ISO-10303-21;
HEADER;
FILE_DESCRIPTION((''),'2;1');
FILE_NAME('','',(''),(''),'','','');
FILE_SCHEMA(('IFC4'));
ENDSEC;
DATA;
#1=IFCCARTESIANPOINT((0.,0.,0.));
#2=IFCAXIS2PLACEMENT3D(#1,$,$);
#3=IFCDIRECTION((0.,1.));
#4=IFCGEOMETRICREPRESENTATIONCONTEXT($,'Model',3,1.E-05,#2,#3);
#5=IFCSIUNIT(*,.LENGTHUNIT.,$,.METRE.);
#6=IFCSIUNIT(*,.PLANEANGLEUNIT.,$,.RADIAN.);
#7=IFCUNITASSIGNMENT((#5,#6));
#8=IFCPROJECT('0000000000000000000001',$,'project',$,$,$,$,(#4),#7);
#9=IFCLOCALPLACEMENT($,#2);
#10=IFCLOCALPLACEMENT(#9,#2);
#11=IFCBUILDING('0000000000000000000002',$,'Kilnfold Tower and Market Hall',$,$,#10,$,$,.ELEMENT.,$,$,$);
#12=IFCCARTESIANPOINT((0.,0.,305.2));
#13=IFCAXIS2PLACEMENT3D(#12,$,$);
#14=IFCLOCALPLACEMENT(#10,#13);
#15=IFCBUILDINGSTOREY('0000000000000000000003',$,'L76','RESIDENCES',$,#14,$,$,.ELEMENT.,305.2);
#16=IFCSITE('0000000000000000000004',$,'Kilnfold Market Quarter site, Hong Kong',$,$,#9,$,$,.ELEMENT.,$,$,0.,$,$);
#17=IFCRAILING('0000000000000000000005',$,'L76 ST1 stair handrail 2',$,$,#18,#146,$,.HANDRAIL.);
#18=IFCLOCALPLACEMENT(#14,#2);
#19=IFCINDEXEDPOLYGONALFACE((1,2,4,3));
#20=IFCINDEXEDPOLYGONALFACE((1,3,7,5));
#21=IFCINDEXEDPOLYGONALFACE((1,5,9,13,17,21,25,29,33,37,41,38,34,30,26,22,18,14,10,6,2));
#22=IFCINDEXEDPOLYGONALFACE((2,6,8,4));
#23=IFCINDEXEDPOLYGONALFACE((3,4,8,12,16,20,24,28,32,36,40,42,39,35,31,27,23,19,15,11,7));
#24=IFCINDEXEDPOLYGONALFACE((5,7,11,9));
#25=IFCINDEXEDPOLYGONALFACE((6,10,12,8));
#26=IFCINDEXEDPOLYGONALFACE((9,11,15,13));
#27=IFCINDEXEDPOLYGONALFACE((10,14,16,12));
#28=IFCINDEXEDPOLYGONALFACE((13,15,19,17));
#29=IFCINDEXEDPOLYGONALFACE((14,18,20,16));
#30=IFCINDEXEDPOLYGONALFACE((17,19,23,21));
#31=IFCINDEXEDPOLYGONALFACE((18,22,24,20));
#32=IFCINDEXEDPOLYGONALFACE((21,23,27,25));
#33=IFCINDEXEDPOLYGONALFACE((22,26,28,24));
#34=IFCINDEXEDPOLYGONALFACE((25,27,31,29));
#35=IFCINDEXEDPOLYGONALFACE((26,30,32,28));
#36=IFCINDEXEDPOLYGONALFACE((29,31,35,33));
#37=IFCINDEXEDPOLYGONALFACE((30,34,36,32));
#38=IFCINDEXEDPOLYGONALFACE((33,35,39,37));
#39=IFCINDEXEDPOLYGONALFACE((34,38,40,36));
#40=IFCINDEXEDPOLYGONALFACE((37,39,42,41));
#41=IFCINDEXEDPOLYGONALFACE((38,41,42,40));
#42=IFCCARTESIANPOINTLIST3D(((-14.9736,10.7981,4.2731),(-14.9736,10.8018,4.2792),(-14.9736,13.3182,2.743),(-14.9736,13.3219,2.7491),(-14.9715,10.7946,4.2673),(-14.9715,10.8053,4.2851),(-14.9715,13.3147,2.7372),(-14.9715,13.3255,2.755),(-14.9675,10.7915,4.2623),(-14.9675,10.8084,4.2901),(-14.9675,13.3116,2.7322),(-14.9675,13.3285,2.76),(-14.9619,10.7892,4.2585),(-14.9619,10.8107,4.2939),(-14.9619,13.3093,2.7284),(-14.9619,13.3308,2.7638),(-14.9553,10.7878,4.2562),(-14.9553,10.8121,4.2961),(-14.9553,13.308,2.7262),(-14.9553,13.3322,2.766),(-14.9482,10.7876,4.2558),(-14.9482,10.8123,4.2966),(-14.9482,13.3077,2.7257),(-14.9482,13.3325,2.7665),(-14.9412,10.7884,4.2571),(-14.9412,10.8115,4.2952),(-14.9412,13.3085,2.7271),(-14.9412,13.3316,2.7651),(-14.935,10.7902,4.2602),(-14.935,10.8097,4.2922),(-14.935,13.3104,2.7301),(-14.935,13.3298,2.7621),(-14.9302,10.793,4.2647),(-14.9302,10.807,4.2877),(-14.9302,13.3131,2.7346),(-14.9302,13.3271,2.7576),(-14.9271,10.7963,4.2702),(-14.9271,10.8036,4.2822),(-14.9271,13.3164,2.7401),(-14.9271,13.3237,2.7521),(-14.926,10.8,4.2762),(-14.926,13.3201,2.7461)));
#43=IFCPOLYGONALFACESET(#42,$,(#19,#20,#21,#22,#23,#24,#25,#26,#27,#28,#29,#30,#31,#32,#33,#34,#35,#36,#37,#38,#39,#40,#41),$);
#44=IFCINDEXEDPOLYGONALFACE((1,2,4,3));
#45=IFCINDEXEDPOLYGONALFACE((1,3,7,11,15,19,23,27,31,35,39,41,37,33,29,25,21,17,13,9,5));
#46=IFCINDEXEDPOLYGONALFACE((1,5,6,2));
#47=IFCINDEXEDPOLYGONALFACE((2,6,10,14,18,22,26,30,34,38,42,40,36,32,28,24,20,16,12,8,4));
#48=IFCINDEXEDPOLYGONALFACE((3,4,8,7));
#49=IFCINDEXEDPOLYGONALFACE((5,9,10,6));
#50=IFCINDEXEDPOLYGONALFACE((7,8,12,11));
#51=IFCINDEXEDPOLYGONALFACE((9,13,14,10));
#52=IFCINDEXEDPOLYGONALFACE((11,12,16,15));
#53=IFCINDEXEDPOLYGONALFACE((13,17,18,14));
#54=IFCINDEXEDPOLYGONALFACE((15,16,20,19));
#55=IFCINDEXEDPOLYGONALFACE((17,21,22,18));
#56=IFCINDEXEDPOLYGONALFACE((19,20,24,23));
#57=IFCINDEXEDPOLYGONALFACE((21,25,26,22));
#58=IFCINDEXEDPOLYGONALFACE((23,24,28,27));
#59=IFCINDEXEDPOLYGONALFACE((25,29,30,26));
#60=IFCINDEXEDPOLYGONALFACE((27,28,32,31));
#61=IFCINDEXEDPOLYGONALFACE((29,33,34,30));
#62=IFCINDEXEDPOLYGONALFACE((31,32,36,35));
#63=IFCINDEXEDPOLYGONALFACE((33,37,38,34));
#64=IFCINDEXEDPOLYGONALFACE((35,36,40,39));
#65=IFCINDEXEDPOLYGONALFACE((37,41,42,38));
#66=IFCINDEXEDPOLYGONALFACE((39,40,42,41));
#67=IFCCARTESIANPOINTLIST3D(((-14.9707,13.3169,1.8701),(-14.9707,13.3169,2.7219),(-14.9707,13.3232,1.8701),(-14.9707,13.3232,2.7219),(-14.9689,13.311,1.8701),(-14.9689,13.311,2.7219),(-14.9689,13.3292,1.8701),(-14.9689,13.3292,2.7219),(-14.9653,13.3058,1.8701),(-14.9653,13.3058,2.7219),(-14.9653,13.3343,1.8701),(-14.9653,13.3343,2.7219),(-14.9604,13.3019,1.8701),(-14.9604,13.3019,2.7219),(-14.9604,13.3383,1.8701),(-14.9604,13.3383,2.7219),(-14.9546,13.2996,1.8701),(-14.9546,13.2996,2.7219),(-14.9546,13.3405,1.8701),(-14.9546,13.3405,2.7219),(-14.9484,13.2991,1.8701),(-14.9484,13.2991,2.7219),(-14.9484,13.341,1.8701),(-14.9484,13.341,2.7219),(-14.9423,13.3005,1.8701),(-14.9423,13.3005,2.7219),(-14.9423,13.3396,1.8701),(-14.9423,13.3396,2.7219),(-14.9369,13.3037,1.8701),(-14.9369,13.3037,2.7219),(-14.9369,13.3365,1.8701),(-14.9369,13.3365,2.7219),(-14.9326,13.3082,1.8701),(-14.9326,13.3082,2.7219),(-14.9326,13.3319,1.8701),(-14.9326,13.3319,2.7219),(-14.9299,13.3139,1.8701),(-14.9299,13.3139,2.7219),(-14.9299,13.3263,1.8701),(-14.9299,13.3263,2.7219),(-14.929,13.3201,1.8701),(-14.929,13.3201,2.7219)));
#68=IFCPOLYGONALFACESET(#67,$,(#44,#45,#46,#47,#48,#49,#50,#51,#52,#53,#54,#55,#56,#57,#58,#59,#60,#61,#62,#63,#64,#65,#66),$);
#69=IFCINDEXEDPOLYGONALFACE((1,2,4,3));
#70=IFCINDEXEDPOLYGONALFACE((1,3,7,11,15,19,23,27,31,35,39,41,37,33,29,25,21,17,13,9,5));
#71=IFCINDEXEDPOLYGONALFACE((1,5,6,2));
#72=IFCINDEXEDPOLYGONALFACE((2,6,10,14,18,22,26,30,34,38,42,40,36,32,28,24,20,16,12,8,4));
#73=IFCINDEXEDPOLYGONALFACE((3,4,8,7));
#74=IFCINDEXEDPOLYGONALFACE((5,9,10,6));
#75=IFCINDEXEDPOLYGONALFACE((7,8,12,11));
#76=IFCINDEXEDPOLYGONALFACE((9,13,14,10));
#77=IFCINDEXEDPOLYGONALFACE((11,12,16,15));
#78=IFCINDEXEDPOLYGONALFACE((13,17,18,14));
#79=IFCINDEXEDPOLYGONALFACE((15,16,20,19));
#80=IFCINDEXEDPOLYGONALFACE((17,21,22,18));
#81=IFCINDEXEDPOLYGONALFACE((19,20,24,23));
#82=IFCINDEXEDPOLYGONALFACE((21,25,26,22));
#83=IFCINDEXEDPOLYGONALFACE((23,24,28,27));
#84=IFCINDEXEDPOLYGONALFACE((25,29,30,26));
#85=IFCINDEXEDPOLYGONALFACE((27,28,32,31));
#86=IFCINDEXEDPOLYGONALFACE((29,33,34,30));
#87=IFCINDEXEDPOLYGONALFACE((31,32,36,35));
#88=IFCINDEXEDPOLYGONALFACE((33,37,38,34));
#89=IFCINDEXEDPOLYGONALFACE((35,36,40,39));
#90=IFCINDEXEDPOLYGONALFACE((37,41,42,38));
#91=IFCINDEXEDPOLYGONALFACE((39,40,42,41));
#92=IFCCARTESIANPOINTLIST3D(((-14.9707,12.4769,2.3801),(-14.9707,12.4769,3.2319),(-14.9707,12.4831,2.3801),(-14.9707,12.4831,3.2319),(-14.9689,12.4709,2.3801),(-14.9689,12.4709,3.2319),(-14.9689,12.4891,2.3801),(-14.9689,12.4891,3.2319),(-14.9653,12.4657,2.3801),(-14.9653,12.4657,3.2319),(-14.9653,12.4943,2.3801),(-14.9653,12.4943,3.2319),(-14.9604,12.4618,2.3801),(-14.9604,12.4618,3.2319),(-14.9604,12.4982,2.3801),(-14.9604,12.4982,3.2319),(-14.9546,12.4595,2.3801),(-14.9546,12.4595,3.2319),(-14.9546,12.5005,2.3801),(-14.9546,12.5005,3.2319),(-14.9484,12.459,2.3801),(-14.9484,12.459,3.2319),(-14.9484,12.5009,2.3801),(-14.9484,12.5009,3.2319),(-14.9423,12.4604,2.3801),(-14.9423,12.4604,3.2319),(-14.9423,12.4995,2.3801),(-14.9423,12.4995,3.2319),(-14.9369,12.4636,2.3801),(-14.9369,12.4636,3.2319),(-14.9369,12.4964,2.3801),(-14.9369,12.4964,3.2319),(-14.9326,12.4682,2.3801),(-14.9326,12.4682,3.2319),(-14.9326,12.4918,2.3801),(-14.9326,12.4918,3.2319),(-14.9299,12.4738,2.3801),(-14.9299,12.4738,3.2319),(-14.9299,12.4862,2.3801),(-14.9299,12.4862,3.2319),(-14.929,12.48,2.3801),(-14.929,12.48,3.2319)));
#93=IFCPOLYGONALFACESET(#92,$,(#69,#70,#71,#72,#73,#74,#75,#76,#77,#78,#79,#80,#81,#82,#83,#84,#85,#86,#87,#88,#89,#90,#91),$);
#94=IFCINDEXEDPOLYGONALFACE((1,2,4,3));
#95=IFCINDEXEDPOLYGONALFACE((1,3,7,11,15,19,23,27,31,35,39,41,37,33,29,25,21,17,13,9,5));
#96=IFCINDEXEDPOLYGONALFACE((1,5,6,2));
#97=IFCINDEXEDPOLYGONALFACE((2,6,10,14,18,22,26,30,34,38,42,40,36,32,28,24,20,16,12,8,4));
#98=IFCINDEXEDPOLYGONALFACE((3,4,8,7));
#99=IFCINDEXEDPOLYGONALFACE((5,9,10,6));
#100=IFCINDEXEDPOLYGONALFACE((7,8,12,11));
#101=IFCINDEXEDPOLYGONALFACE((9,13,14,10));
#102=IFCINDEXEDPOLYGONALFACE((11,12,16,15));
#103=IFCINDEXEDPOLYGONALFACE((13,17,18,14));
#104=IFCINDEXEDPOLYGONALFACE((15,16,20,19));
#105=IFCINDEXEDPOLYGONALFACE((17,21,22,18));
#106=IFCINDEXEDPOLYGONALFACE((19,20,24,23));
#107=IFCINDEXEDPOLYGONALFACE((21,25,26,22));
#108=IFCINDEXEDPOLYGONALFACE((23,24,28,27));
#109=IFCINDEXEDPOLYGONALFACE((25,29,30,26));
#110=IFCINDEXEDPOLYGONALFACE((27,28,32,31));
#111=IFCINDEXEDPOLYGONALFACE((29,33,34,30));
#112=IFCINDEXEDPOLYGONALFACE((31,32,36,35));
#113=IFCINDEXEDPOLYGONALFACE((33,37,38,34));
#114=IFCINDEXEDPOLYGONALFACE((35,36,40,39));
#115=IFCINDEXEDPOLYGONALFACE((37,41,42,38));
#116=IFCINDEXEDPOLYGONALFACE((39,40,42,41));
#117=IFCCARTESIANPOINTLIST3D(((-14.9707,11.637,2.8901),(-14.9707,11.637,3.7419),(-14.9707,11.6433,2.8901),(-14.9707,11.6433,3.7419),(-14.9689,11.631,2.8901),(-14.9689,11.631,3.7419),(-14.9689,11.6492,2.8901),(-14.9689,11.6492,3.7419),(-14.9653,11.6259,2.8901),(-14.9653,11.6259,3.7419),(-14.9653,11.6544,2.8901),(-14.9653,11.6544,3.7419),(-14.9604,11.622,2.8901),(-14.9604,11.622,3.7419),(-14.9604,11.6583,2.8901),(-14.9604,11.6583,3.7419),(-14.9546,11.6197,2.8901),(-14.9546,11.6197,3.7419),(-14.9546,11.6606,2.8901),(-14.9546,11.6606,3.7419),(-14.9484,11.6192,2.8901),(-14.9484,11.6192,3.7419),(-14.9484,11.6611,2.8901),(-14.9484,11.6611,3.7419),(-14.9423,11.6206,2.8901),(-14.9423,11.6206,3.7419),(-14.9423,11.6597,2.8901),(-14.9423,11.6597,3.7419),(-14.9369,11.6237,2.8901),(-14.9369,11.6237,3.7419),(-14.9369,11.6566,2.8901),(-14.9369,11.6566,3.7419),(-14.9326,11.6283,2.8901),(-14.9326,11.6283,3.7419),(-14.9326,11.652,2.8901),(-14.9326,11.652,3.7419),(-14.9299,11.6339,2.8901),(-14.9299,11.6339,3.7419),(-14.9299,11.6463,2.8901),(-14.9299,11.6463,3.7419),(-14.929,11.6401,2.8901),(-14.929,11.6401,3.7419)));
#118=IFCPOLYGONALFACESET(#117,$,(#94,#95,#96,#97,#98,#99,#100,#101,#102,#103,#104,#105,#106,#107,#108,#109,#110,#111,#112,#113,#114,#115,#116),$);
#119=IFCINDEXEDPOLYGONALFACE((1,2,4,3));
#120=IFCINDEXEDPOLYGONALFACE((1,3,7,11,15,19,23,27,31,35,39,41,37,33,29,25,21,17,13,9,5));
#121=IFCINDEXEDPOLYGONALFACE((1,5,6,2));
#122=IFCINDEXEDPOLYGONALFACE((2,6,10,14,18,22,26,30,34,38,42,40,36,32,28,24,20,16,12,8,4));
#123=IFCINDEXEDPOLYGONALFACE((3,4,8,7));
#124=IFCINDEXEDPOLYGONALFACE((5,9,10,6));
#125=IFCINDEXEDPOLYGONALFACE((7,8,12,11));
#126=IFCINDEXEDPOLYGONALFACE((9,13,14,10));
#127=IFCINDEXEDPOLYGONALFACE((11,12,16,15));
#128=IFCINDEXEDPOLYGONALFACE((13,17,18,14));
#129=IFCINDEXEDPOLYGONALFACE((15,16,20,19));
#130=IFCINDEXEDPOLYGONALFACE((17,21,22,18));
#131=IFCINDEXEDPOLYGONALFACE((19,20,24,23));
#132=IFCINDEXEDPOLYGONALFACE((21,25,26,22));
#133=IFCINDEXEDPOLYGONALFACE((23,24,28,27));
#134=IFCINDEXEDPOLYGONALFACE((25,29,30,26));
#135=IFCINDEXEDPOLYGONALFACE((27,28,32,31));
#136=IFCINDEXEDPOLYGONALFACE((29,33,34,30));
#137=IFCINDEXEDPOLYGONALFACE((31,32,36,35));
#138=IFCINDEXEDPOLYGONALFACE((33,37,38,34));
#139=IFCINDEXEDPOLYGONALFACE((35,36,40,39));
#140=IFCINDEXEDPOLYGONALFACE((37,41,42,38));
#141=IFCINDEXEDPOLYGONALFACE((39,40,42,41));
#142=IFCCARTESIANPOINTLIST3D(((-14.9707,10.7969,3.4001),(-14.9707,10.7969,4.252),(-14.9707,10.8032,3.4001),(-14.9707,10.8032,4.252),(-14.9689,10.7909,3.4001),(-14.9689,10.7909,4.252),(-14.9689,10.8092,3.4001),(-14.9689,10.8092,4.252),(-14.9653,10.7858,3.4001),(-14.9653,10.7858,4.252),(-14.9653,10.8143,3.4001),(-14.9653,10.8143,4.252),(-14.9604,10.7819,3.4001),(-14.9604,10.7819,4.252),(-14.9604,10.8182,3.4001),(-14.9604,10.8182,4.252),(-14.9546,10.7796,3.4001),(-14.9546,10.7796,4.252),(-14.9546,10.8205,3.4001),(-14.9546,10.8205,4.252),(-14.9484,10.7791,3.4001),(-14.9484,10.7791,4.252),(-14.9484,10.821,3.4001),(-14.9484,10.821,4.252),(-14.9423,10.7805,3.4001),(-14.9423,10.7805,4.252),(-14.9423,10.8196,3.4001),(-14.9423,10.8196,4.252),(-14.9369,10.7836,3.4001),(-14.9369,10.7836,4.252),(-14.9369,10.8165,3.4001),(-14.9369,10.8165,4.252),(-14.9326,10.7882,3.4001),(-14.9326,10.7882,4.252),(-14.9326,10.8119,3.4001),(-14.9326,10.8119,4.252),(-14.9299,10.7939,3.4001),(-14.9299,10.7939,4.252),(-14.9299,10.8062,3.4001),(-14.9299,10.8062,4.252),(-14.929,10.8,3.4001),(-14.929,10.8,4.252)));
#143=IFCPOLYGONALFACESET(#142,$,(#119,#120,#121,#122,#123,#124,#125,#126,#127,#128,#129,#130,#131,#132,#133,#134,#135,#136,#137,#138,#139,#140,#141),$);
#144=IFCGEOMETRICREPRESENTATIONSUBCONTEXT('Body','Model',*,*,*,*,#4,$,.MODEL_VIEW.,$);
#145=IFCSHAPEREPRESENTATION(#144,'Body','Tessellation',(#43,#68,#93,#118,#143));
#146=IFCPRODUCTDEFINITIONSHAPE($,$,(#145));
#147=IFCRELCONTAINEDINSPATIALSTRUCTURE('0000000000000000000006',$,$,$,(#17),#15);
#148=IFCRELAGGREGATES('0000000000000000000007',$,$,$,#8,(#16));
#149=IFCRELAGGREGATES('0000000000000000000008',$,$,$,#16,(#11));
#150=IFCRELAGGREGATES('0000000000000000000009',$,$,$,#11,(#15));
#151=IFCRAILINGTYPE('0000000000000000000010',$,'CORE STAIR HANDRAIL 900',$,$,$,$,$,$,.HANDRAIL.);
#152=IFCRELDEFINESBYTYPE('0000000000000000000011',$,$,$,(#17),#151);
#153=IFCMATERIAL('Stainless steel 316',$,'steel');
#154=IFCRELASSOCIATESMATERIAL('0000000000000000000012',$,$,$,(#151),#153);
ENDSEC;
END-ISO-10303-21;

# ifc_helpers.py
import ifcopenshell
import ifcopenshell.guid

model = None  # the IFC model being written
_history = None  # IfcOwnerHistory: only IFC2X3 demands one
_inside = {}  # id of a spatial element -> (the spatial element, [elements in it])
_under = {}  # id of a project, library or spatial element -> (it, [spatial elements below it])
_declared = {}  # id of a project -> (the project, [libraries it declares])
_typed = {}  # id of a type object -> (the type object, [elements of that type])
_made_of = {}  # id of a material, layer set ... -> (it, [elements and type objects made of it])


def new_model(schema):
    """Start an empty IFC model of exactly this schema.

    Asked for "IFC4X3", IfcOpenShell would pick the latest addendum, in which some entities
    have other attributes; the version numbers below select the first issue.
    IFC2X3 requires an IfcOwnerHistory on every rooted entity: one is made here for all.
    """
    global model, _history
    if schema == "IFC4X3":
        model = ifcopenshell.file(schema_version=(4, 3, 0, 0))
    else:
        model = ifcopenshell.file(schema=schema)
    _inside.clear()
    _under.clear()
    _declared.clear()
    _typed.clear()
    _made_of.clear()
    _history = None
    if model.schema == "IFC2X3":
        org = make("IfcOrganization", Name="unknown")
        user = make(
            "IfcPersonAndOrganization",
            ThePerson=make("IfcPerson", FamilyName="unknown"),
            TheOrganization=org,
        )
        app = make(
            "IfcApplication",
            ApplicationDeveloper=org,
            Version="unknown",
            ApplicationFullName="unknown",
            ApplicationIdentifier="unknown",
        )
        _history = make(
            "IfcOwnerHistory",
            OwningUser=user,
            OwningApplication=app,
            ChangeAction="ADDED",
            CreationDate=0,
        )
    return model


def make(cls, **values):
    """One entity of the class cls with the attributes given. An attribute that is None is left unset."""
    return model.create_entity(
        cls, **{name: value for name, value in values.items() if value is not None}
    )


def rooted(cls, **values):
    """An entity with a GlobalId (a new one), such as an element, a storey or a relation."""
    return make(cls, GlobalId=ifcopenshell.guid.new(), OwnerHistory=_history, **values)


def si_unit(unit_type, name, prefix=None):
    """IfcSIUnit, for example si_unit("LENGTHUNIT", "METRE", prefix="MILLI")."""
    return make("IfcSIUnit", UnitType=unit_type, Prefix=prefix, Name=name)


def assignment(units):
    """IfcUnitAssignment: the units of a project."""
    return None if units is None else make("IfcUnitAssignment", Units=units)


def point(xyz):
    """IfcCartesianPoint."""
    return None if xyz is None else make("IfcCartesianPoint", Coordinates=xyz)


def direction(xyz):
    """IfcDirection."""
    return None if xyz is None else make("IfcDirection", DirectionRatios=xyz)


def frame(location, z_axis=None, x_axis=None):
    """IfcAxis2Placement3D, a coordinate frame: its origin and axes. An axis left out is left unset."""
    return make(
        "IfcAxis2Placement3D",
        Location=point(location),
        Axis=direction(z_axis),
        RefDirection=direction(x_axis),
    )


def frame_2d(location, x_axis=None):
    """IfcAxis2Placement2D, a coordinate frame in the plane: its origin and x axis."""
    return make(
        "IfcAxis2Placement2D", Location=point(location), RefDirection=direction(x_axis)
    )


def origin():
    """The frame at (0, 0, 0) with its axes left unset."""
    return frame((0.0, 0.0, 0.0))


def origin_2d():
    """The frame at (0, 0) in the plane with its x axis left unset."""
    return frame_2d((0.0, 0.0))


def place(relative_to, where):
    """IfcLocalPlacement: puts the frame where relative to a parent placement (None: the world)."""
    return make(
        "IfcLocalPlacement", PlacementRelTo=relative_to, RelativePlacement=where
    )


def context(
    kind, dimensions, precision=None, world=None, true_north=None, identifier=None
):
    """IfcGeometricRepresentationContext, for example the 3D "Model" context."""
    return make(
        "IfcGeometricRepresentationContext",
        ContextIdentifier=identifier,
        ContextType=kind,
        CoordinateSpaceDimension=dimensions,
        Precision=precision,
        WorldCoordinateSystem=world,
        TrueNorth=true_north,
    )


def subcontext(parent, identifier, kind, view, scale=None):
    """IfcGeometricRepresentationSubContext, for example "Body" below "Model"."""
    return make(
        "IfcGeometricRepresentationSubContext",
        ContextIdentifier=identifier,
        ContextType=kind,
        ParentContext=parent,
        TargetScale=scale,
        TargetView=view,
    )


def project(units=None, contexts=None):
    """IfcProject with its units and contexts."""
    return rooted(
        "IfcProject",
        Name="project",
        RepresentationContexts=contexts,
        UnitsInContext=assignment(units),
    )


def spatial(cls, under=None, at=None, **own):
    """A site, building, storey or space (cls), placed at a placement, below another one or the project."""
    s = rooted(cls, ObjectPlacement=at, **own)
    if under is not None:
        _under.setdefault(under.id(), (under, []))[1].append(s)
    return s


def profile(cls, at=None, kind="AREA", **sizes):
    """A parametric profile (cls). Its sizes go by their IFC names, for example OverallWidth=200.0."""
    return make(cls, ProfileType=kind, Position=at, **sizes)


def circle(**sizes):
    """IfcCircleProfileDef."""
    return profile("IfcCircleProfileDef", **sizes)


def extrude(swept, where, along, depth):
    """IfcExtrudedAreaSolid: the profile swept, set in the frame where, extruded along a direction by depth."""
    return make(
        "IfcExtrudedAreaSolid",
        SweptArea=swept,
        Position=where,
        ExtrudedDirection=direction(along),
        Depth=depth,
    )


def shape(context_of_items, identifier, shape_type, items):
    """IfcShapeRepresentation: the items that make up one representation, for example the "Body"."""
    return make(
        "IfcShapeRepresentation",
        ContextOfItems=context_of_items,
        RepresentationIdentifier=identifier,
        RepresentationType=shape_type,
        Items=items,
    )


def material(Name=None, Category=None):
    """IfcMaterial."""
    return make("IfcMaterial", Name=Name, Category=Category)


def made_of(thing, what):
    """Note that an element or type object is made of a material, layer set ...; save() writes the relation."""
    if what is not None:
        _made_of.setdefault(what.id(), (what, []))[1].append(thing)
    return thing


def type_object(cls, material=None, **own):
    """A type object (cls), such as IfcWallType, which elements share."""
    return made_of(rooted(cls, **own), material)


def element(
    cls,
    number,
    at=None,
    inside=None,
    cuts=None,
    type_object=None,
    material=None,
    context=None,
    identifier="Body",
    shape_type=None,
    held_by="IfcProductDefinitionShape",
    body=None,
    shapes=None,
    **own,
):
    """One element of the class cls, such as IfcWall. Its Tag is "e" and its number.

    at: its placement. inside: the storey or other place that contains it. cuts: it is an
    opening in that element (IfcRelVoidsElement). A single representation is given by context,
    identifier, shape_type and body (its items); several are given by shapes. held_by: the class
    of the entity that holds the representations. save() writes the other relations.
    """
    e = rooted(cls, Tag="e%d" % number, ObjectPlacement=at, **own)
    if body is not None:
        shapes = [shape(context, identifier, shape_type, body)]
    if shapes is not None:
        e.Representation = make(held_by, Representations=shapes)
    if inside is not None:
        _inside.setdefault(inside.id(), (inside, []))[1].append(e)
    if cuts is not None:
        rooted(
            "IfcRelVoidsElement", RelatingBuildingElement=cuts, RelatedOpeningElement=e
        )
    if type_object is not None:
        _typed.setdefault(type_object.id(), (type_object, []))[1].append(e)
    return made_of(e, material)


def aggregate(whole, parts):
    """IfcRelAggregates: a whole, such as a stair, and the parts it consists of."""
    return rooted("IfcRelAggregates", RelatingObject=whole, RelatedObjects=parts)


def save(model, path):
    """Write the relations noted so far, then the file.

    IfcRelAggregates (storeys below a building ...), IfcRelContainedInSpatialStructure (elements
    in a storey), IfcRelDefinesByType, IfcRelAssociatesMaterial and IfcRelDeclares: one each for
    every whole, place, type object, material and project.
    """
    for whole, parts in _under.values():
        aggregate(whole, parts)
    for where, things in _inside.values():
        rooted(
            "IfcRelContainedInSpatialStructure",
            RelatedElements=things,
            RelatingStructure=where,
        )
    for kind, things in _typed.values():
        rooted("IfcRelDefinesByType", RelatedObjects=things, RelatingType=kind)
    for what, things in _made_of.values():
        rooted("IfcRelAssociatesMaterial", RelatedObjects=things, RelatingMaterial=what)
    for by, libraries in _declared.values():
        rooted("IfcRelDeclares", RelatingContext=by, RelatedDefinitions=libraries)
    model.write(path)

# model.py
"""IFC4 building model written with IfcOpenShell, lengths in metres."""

from ifc_helpers import new_model, si_unit, direction, frame, origin, origin_2d, place, context, subcontext, project, spatial, circle, extrude, material, type_object, element, save


model = new_model("IFC4")

# Units and contexts
model_context = context("Model", 3, precision=1e-05, world=origin(), true_north=direction((0.0, 1.0)))
body_context = subcontext(model_context, "Body", "Model", "MODEL_VIEW")
ifc_project = project(units=[si_unit("LENGTHUNIT", "METRE"), si_unit("PLANEANGLEUNIT", "RADIAN")], contexts=[model_context])

# Site, building, storey
site_placement = place(None, origin())
site = spatial("IfcSite", under=ifc_project, at=site_placement, Name="Kilnfold Market Quarter site, Hong Kong", CompositionType="ELEMENT", RefElevation=0.0)
building_placement = place(site_placement, origin())
building = spatial("IfcBuilding", under=site, at=building_placement, Name="Kilnfold Tower and Market Hall", CompositionType="ELEMENT")
storey_placement = place(building_placement, frame((0.0, 0.0, 305.2)))
storey = spatial("IfcBuildingStorey", under=building, at=storey_placement, Name="L76", Description="RESIDENCES", CompositionType="ELEMENT", Elevation=305.2)

# Railing
ifc_material_1 = material(Name="Stainless steel 316", Category="steel")
railing_type_1 = type_object("IfcRailingType", Name="CORE STAIR HANDRAIL 900", PredefinedType="HANDRAIL", material=ifc_material_1)
railing_1_placement = place(storey_placement, frame((-14.95, 13.3201, 1.8701)))
element("IfcRailing", 1, at=railing_1_placement, inside=storey, type_object=railing_type_1, Name="L76 ST1 stair handrail 2", PredefinedType="HANDRAIL", context=body_context, shape_type="SweptSolid", body=[
    extrude(circle(Radius=0.0239, at=origin_2d()), frame((0.0, 0.0, 0.876), z_axis=(0.0, -0.854785, 0.518982), x_axis=(1.0, 0.0, 0.0)), (0.0, 0.0, 1.0), 2.9482),
    extrude(circle(Radius=0.021, at=origin_2d()), origin(), (0.0, 0.0, 1.0), 0.8518),
    extrude(circle(Radius=0.021, at=origin_2d()), frame((0.0, -0.8401, 0.51)), (0.0, 0.0, 1.0), 0.8518),
    extrude(circle(Radius=0.021, at=origin_2d()), frame((0.0, -1.6799, 1.02)), (0.0, 0.0, 1.0), 0.8518),
    extrude(circle(Radius=0.021, at=origin_2d()), frame((0.0, -2.52, 1.53)), (0.0, 0.0, 1.0), 0.8518),
])

save(model, "model.ifc")
